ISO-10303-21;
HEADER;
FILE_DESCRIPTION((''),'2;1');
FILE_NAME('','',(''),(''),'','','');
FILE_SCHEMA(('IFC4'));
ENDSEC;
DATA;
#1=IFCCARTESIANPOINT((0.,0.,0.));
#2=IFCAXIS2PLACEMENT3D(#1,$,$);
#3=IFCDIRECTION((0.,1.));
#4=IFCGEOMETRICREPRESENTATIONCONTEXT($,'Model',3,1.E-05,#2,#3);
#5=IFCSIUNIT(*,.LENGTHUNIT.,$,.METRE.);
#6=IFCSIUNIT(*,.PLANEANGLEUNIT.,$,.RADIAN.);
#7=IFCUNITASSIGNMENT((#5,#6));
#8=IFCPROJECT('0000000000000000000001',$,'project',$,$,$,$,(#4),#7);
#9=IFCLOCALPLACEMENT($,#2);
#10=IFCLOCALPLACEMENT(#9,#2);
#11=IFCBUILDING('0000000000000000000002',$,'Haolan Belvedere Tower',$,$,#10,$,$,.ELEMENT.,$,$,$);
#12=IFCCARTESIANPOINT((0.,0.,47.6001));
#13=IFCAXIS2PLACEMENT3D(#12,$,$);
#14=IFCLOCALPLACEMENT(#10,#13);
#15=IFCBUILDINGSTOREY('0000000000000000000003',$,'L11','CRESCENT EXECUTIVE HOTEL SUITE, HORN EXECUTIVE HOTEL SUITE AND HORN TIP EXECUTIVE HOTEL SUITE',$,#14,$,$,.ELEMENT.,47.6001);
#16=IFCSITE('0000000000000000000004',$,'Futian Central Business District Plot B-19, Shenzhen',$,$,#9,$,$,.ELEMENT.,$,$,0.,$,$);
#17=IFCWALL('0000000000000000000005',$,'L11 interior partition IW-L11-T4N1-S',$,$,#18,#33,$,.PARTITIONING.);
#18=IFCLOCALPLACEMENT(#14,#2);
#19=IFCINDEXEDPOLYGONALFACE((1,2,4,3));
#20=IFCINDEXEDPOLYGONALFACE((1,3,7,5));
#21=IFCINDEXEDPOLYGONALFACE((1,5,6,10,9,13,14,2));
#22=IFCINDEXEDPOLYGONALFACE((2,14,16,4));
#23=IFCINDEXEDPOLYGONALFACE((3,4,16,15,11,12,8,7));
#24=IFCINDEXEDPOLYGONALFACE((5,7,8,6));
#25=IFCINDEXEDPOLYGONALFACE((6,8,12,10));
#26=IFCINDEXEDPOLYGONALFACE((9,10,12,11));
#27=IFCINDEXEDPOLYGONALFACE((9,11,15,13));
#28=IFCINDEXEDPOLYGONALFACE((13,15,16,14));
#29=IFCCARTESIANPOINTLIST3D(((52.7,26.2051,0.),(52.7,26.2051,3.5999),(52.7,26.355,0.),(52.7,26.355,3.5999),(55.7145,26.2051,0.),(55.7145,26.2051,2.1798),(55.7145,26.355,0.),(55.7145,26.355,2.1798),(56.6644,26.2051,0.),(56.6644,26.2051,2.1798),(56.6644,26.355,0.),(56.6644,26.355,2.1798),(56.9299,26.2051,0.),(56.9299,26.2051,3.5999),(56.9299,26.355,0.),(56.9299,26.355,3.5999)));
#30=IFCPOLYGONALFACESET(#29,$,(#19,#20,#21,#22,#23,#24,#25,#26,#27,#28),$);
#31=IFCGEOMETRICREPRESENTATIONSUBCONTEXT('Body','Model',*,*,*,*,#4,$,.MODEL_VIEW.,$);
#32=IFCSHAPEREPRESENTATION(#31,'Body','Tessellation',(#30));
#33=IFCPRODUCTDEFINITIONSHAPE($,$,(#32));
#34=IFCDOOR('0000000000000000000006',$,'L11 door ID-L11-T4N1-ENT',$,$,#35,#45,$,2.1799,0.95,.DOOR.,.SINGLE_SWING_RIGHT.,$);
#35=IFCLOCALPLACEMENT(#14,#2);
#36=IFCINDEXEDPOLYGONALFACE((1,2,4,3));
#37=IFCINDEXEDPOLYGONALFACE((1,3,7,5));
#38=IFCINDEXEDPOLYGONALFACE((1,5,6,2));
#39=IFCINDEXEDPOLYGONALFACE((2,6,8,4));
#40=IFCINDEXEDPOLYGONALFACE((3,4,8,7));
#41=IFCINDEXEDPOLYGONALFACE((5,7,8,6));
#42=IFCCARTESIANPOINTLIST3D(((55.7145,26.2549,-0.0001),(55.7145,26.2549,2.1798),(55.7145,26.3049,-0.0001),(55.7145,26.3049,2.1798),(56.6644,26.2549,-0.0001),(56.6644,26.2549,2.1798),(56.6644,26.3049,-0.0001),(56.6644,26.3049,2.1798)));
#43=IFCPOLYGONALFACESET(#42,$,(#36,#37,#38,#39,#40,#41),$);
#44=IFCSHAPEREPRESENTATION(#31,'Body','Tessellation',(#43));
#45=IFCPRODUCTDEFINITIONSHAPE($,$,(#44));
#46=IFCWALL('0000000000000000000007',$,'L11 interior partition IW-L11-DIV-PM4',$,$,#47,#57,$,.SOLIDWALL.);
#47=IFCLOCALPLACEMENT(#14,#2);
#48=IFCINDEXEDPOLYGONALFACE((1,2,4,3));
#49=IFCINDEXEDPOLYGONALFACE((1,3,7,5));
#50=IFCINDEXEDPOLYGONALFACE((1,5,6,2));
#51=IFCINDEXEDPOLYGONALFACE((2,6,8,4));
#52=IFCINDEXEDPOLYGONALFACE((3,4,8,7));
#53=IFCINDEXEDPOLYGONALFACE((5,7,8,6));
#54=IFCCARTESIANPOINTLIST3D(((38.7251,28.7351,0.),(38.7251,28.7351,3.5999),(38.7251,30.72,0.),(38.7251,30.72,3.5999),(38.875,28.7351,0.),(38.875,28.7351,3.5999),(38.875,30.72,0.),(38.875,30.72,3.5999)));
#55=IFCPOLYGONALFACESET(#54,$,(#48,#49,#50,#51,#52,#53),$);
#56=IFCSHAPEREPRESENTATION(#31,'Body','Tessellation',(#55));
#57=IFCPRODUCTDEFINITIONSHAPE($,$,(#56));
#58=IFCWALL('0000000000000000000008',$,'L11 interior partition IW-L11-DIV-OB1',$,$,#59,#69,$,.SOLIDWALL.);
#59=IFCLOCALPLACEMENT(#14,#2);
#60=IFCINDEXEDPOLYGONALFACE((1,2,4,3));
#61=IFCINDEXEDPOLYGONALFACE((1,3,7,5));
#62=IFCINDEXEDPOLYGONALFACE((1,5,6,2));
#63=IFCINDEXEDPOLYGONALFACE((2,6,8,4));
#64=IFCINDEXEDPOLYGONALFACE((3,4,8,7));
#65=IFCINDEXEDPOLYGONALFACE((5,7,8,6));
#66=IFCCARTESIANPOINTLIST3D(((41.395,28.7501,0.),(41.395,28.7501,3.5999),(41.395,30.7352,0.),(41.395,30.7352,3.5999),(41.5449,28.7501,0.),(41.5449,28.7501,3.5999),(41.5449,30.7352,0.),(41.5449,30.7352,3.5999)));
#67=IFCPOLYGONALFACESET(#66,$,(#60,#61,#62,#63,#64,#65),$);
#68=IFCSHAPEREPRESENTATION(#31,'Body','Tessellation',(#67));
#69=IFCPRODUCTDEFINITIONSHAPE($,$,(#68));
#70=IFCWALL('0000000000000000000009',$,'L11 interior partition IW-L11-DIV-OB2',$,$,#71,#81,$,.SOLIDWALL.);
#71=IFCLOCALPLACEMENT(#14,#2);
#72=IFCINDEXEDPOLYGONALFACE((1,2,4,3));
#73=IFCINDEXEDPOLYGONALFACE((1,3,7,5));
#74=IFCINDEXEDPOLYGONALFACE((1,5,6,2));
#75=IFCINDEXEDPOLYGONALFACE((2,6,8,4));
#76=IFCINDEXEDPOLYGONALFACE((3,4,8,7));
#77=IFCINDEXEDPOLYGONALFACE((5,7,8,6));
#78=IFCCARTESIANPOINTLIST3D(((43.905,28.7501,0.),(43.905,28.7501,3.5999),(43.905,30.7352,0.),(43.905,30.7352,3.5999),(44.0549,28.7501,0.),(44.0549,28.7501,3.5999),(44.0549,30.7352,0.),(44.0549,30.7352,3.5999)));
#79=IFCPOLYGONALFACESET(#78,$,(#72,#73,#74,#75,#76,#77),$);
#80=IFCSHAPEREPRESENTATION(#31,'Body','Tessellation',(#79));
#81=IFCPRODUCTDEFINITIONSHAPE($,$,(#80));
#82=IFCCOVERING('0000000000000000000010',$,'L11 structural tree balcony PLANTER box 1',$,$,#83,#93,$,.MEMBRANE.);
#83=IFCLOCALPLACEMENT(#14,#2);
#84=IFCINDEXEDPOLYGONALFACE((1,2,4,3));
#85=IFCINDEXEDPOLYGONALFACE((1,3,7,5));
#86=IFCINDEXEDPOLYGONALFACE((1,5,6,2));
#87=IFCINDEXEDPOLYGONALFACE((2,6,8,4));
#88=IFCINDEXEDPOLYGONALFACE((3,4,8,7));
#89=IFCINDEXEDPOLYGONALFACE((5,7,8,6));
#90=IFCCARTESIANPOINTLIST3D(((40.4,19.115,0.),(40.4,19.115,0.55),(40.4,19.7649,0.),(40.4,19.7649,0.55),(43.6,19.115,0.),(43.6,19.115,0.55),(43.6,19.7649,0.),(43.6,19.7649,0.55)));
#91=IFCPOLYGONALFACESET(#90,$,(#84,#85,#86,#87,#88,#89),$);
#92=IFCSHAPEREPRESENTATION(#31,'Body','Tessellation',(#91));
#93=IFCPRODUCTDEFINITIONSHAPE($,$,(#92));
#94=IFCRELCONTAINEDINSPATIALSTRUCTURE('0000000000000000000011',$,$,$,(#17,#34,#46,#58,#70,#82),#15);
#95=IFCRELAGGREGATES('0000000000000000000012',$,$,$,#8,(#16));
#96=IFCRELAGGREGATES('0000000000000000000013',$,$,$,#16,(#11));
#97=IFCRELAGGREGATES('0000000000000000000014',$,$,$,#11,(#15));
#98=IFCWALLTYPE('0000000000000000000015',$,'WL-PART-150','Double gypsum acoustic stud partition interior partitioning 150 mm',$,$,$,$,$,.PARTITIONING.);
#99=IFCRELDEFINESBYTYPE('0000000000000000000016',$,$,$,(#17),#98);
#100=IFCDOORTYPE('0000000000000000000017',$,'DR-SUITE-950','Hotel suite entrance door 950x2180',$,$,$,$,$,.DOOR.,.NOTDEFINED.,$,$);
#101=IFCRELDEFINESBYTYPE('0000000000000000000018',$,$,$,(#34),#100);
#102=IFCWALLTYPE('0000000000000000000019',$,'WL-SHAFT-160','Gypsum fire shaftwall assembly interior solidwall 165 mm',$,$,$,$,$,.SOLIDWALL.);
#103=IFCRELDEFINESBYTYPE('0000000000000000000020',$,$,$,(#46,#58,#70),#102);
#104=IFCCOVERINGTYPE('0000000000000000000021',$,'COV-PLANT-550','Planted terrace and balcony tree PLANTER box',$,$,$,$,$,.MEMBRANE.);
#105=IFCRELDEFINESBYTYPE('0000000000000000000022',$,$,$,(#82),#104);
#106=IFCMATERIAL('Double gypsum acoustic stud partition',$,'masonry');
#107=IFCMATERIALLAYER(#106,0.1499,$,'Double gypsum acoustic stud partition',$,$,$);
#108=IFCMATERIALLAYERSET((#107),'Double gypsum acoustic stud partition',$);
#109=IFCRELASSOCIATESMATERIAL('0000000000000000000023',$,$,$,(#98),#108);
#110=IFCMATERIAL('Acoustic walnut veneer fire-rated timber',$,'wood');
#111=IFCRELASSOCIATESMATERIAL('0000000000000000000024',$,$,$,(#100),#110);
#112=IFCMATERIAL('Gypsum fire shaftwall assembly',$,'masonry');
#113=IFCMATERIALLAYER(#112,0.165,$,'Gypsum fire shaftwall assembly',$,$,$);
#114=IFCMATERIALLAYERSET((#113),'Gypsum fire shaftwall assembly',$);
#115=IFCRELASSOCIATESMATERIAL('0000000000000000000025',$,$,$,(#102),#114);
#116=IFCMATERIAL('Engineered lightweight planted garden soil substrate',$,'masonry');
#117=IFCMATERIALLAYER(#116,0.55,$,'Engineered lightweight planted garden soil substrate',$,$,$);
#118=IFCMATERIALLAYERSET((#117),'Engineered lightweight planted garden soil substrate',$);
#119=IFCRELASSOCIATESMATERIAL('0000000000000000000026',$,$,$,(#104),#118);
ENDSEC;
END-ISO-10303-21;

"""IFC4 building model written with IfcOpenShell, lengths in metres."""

from ifc_helpers import new_model, si_unit, direction, frame, frame_2d, origin, origin_2d, place, context, subcontext, project, spatial, rectangle, extrude, material, layer, layer_set, type_object, element, fill, save


model = new_model("IFC4")

# Units and contexts
model_context = context("Model", 3, precision=1e-05, world=origin(), true_north=direction((0.0, 1.0)))
body_context = subcontext(model_context, "Body", "Model", "MODEL_VIEW")
ifc_project = project(units=[si_unit("LENGTHUNIT", "METRE"), si_unit("PLANEANGLEUNIT", "RADIAN")], contexts=[model_context])

# Site, building, storey
site_placement = place(None, origin())
site = spatial("IfcSite", under=ifc_project, at=site_placement, Name="Futian Central Business District Plot B-19, Shenzhen", CompositionType="ELEMENT", RefElevation=0.0)
building_placement = place(site_placement, origin())
building = spatial("IfcBuilding", under=site, at=building_placement, Name="Haolan Belvedere Tower", CompositionType="ELEMENT")
storey_placement = place(building_placement, frame((0.0, 0.0, 47.6001)))
storey = spatial("IfcBuildingStorey", under=building, at=storey_placement, Name="L11", Description="CRESCENT EXECUTIVE HOTEL SUITE, HORN EXECUTIVE HOTEL SUITE AND HORN TIP EXECUTIVE HOTEL SUITE", CompositionType="ELEMENT", Elevation=47.6001)

# Shared definitions
ifc_material_1 = material(Name="Double gypsum acoustic stud partition", Category="masonry")
ifc_layer_1 = layer(ifc_material_1, 0.1499, Name="Double gypsum acoustic stud partition")
ifc_layer_set_1 = layer_set([ifc_layer_1], Name="Double gypsum acoustic stud partition")
wall_type_1 = type_object("IfcWallType", Name="WL-PART-150", Description="Double gypsum acoustic stud partition interior partitioning 150 mm", PredefinedType="PARTITIONING", material=ifc_layer_set_1)

# Wall, opening, door
wall_1_placement = place(storey_placement, frame((52.7, 26.28, 0.0), z_axis=(0.0, 0.0, 1.0), x_axis=(1.0, 0.0, 0.0)))
wall_1 = element("IfcWall", 1, at=wall_1_placement, inside=storey, type_object=wall_type_1, Name="L11 interior partition IW-L11-T4N1-S", PredefinedType="PARTITIONING", context=body_context, shape_type="SweptSolid", body=[
    extrude(rectangle(XDim=4.23, YDim=0.1499, at=frame_2d((2.115, 0.0))), origin(), (0.0, 0.0, 1.0), 3.5999),
])
opening_1_placement = place(wall_1_placement, frame((3.0144, 0.0, 0.0)))
opening_1 = element("IfcOpeningElement", 2, at=opening_1_placement, cuts=wall_1, PredefinedType="OPENING", context=body_context, shape_type="SweptSolid", body=[
    extrude(rectangle(XDim=0.95, YDim=2.1799, at=frame_2d((0.4751, 1.0898))), frame((0.0, 0.085, 0.0), z_axis=(0.0, -1.0, 0.0), x_axis=(1.0, 0.0, 0.0)), (0.0, 0.0, 1.0), 0.1699),
])
ifc_material_2 = material(Name="Acoustic walnut veneer fire-rated timber", Category="wood")
door_type_1 = type_object("IfcDoorType", Name="DR-SUITE-950", Description="Hotel suite entrance door 950x2180", OperationType="NOTDEFINED", PredefinedType="DOOR", material=ifc_material_2)
door_1_placement = place(opening_1_placement, origin())
door_1 = element("IfcDoor", 3, at=door_1_placement, inside=storey, type_object=door_type_1, Name="L11 door ID-L11-T4N1-ENT", OperationType="SINGLE_SWING_RIGHT", OverallHeight=2.1799, OverallWidth=0.95, PredefinedType="DOOR", context=body_context, shape_type="SweptSolid", body=[
    extrude(rectangle(XDim=0.95, YDim=2.1799, at=frame_2d((0.4751, 1.0898))), frame((0.0, 0.0249, 0.0), z_axis=(0.0, -1.0, 0.0), x_axis=(1.0, 0.0, 0.0)), (0.0, 0.0, 1.0), 0.05),
])
fill(opening_1, door_1)

# Walls
ifc_material_3 = material(Name="Gypsum fire shaftwall assembly", Category="masonry")
ifc_layer_2 = layer(ifc_material_3, 0.165, Name="Gypsum fire shaftwall assembly")
ifc_layer_set_2 = layer_set([ifc_layer_2], Name="Gypsum fire shaftwall assembly")
wall_type_2 = type_object("IfcWallType", Name="WL-SHAFT-160", Description="Gypsum fire shaftwall assembly interior solidwall 165 mm", PredefinedType="SOLIDWALL", material=ifc_layer_set_2)
wall_2_placement = place(storey_placement, frame((38.8, 28.7351, 0.0), z_axis=(0.0, 0.0, 1.0), x_axis=(0.0, 1.0, 0.0)))
element("IfcWall", 4, at=wall_2_placement, inside=storey, type_object=wall_type_2, Name="L11 interior partition IW-L11-DIV-PM4", PredefinedType="SOLIDWALL", context=body_context, shape_type="SweptSolid", body=[
    extrude(rectangle(XDim=1.9849, YDim=0.1499, at=frame_2d((0.9924, 0.0))), origin(), (0.0, 0.0, 1.0), 3.5999),
])
for number, where, z_axis, x_axis, name in (
    (5, (41.47, 28.75, 0.0), (0.0, 0.0, 1.0), (0.0, 1.0, 0.0), "L11 interior partition IW-L11-DIV-OB1"),
    (6, (43.98, 28.75, 0.0), (0.0, 0.0, 1.0), (0.0, 1.0, 0.0), "L11 interior partition IW-L11-DIV-OB2"),
):
    element("IfcWall", number, at=place(storey_placement, frame(where, z_axis=z_axis, x_axis=x_axis)), inside=storey, type_object=wall_type_2, Name=name, PredefinedType="SOLIDWALL", context=body_context, shape_type="SweptSolid", body=[
        extrude(rectangle(XDim=1.9851, YDim=0.1499, at=frame_2d((0.9927, 0.0))), origin(), (0.0, 0.0, 1.0), 3.5999),
    ])

# Covering
ifc_material_4 = material(Name="Engineered lightweight planted garden soil substrate", Category="masonry")
ifc_layer_3 = layer(ifc_material_4, 0.55, Name="Engineered lightweight planted garden soil substrate")
ifc_layer_set_3 = layer_set([ifc_layer_3], Name="Engineered lightweight planted garden soil substrate")
covering_type = type_object("IfcCoveringType", Name="COV-PLANT-550", Description="Planted terrace and balcony tree PLANTER box", PredefinedType="MEMBRANE", material=ifc_layer_set_3)
covering_placement = place(storey_placement, frame((42.0, 19.4399, 0.0), z_axis=(0.0, 0.0, 1.0), x_axis=(1.0, 0.0, 0.0)))
element("IfcCovering", 7, at=covering_placement, inside=storey, type_object=covering_type, Name="L11 structural tree balcony PLANTER box 1", PredefinedType="MEMBRANE", context=body_context, shape_type="SweptSolid", body=[
    extrude(rectangle(XDim=3.2, YDim=0.6499, at=origin_2d()), origin(), (0.0, 0.0, 1.0), 0.55),
])

save(model, "model.ifc")
